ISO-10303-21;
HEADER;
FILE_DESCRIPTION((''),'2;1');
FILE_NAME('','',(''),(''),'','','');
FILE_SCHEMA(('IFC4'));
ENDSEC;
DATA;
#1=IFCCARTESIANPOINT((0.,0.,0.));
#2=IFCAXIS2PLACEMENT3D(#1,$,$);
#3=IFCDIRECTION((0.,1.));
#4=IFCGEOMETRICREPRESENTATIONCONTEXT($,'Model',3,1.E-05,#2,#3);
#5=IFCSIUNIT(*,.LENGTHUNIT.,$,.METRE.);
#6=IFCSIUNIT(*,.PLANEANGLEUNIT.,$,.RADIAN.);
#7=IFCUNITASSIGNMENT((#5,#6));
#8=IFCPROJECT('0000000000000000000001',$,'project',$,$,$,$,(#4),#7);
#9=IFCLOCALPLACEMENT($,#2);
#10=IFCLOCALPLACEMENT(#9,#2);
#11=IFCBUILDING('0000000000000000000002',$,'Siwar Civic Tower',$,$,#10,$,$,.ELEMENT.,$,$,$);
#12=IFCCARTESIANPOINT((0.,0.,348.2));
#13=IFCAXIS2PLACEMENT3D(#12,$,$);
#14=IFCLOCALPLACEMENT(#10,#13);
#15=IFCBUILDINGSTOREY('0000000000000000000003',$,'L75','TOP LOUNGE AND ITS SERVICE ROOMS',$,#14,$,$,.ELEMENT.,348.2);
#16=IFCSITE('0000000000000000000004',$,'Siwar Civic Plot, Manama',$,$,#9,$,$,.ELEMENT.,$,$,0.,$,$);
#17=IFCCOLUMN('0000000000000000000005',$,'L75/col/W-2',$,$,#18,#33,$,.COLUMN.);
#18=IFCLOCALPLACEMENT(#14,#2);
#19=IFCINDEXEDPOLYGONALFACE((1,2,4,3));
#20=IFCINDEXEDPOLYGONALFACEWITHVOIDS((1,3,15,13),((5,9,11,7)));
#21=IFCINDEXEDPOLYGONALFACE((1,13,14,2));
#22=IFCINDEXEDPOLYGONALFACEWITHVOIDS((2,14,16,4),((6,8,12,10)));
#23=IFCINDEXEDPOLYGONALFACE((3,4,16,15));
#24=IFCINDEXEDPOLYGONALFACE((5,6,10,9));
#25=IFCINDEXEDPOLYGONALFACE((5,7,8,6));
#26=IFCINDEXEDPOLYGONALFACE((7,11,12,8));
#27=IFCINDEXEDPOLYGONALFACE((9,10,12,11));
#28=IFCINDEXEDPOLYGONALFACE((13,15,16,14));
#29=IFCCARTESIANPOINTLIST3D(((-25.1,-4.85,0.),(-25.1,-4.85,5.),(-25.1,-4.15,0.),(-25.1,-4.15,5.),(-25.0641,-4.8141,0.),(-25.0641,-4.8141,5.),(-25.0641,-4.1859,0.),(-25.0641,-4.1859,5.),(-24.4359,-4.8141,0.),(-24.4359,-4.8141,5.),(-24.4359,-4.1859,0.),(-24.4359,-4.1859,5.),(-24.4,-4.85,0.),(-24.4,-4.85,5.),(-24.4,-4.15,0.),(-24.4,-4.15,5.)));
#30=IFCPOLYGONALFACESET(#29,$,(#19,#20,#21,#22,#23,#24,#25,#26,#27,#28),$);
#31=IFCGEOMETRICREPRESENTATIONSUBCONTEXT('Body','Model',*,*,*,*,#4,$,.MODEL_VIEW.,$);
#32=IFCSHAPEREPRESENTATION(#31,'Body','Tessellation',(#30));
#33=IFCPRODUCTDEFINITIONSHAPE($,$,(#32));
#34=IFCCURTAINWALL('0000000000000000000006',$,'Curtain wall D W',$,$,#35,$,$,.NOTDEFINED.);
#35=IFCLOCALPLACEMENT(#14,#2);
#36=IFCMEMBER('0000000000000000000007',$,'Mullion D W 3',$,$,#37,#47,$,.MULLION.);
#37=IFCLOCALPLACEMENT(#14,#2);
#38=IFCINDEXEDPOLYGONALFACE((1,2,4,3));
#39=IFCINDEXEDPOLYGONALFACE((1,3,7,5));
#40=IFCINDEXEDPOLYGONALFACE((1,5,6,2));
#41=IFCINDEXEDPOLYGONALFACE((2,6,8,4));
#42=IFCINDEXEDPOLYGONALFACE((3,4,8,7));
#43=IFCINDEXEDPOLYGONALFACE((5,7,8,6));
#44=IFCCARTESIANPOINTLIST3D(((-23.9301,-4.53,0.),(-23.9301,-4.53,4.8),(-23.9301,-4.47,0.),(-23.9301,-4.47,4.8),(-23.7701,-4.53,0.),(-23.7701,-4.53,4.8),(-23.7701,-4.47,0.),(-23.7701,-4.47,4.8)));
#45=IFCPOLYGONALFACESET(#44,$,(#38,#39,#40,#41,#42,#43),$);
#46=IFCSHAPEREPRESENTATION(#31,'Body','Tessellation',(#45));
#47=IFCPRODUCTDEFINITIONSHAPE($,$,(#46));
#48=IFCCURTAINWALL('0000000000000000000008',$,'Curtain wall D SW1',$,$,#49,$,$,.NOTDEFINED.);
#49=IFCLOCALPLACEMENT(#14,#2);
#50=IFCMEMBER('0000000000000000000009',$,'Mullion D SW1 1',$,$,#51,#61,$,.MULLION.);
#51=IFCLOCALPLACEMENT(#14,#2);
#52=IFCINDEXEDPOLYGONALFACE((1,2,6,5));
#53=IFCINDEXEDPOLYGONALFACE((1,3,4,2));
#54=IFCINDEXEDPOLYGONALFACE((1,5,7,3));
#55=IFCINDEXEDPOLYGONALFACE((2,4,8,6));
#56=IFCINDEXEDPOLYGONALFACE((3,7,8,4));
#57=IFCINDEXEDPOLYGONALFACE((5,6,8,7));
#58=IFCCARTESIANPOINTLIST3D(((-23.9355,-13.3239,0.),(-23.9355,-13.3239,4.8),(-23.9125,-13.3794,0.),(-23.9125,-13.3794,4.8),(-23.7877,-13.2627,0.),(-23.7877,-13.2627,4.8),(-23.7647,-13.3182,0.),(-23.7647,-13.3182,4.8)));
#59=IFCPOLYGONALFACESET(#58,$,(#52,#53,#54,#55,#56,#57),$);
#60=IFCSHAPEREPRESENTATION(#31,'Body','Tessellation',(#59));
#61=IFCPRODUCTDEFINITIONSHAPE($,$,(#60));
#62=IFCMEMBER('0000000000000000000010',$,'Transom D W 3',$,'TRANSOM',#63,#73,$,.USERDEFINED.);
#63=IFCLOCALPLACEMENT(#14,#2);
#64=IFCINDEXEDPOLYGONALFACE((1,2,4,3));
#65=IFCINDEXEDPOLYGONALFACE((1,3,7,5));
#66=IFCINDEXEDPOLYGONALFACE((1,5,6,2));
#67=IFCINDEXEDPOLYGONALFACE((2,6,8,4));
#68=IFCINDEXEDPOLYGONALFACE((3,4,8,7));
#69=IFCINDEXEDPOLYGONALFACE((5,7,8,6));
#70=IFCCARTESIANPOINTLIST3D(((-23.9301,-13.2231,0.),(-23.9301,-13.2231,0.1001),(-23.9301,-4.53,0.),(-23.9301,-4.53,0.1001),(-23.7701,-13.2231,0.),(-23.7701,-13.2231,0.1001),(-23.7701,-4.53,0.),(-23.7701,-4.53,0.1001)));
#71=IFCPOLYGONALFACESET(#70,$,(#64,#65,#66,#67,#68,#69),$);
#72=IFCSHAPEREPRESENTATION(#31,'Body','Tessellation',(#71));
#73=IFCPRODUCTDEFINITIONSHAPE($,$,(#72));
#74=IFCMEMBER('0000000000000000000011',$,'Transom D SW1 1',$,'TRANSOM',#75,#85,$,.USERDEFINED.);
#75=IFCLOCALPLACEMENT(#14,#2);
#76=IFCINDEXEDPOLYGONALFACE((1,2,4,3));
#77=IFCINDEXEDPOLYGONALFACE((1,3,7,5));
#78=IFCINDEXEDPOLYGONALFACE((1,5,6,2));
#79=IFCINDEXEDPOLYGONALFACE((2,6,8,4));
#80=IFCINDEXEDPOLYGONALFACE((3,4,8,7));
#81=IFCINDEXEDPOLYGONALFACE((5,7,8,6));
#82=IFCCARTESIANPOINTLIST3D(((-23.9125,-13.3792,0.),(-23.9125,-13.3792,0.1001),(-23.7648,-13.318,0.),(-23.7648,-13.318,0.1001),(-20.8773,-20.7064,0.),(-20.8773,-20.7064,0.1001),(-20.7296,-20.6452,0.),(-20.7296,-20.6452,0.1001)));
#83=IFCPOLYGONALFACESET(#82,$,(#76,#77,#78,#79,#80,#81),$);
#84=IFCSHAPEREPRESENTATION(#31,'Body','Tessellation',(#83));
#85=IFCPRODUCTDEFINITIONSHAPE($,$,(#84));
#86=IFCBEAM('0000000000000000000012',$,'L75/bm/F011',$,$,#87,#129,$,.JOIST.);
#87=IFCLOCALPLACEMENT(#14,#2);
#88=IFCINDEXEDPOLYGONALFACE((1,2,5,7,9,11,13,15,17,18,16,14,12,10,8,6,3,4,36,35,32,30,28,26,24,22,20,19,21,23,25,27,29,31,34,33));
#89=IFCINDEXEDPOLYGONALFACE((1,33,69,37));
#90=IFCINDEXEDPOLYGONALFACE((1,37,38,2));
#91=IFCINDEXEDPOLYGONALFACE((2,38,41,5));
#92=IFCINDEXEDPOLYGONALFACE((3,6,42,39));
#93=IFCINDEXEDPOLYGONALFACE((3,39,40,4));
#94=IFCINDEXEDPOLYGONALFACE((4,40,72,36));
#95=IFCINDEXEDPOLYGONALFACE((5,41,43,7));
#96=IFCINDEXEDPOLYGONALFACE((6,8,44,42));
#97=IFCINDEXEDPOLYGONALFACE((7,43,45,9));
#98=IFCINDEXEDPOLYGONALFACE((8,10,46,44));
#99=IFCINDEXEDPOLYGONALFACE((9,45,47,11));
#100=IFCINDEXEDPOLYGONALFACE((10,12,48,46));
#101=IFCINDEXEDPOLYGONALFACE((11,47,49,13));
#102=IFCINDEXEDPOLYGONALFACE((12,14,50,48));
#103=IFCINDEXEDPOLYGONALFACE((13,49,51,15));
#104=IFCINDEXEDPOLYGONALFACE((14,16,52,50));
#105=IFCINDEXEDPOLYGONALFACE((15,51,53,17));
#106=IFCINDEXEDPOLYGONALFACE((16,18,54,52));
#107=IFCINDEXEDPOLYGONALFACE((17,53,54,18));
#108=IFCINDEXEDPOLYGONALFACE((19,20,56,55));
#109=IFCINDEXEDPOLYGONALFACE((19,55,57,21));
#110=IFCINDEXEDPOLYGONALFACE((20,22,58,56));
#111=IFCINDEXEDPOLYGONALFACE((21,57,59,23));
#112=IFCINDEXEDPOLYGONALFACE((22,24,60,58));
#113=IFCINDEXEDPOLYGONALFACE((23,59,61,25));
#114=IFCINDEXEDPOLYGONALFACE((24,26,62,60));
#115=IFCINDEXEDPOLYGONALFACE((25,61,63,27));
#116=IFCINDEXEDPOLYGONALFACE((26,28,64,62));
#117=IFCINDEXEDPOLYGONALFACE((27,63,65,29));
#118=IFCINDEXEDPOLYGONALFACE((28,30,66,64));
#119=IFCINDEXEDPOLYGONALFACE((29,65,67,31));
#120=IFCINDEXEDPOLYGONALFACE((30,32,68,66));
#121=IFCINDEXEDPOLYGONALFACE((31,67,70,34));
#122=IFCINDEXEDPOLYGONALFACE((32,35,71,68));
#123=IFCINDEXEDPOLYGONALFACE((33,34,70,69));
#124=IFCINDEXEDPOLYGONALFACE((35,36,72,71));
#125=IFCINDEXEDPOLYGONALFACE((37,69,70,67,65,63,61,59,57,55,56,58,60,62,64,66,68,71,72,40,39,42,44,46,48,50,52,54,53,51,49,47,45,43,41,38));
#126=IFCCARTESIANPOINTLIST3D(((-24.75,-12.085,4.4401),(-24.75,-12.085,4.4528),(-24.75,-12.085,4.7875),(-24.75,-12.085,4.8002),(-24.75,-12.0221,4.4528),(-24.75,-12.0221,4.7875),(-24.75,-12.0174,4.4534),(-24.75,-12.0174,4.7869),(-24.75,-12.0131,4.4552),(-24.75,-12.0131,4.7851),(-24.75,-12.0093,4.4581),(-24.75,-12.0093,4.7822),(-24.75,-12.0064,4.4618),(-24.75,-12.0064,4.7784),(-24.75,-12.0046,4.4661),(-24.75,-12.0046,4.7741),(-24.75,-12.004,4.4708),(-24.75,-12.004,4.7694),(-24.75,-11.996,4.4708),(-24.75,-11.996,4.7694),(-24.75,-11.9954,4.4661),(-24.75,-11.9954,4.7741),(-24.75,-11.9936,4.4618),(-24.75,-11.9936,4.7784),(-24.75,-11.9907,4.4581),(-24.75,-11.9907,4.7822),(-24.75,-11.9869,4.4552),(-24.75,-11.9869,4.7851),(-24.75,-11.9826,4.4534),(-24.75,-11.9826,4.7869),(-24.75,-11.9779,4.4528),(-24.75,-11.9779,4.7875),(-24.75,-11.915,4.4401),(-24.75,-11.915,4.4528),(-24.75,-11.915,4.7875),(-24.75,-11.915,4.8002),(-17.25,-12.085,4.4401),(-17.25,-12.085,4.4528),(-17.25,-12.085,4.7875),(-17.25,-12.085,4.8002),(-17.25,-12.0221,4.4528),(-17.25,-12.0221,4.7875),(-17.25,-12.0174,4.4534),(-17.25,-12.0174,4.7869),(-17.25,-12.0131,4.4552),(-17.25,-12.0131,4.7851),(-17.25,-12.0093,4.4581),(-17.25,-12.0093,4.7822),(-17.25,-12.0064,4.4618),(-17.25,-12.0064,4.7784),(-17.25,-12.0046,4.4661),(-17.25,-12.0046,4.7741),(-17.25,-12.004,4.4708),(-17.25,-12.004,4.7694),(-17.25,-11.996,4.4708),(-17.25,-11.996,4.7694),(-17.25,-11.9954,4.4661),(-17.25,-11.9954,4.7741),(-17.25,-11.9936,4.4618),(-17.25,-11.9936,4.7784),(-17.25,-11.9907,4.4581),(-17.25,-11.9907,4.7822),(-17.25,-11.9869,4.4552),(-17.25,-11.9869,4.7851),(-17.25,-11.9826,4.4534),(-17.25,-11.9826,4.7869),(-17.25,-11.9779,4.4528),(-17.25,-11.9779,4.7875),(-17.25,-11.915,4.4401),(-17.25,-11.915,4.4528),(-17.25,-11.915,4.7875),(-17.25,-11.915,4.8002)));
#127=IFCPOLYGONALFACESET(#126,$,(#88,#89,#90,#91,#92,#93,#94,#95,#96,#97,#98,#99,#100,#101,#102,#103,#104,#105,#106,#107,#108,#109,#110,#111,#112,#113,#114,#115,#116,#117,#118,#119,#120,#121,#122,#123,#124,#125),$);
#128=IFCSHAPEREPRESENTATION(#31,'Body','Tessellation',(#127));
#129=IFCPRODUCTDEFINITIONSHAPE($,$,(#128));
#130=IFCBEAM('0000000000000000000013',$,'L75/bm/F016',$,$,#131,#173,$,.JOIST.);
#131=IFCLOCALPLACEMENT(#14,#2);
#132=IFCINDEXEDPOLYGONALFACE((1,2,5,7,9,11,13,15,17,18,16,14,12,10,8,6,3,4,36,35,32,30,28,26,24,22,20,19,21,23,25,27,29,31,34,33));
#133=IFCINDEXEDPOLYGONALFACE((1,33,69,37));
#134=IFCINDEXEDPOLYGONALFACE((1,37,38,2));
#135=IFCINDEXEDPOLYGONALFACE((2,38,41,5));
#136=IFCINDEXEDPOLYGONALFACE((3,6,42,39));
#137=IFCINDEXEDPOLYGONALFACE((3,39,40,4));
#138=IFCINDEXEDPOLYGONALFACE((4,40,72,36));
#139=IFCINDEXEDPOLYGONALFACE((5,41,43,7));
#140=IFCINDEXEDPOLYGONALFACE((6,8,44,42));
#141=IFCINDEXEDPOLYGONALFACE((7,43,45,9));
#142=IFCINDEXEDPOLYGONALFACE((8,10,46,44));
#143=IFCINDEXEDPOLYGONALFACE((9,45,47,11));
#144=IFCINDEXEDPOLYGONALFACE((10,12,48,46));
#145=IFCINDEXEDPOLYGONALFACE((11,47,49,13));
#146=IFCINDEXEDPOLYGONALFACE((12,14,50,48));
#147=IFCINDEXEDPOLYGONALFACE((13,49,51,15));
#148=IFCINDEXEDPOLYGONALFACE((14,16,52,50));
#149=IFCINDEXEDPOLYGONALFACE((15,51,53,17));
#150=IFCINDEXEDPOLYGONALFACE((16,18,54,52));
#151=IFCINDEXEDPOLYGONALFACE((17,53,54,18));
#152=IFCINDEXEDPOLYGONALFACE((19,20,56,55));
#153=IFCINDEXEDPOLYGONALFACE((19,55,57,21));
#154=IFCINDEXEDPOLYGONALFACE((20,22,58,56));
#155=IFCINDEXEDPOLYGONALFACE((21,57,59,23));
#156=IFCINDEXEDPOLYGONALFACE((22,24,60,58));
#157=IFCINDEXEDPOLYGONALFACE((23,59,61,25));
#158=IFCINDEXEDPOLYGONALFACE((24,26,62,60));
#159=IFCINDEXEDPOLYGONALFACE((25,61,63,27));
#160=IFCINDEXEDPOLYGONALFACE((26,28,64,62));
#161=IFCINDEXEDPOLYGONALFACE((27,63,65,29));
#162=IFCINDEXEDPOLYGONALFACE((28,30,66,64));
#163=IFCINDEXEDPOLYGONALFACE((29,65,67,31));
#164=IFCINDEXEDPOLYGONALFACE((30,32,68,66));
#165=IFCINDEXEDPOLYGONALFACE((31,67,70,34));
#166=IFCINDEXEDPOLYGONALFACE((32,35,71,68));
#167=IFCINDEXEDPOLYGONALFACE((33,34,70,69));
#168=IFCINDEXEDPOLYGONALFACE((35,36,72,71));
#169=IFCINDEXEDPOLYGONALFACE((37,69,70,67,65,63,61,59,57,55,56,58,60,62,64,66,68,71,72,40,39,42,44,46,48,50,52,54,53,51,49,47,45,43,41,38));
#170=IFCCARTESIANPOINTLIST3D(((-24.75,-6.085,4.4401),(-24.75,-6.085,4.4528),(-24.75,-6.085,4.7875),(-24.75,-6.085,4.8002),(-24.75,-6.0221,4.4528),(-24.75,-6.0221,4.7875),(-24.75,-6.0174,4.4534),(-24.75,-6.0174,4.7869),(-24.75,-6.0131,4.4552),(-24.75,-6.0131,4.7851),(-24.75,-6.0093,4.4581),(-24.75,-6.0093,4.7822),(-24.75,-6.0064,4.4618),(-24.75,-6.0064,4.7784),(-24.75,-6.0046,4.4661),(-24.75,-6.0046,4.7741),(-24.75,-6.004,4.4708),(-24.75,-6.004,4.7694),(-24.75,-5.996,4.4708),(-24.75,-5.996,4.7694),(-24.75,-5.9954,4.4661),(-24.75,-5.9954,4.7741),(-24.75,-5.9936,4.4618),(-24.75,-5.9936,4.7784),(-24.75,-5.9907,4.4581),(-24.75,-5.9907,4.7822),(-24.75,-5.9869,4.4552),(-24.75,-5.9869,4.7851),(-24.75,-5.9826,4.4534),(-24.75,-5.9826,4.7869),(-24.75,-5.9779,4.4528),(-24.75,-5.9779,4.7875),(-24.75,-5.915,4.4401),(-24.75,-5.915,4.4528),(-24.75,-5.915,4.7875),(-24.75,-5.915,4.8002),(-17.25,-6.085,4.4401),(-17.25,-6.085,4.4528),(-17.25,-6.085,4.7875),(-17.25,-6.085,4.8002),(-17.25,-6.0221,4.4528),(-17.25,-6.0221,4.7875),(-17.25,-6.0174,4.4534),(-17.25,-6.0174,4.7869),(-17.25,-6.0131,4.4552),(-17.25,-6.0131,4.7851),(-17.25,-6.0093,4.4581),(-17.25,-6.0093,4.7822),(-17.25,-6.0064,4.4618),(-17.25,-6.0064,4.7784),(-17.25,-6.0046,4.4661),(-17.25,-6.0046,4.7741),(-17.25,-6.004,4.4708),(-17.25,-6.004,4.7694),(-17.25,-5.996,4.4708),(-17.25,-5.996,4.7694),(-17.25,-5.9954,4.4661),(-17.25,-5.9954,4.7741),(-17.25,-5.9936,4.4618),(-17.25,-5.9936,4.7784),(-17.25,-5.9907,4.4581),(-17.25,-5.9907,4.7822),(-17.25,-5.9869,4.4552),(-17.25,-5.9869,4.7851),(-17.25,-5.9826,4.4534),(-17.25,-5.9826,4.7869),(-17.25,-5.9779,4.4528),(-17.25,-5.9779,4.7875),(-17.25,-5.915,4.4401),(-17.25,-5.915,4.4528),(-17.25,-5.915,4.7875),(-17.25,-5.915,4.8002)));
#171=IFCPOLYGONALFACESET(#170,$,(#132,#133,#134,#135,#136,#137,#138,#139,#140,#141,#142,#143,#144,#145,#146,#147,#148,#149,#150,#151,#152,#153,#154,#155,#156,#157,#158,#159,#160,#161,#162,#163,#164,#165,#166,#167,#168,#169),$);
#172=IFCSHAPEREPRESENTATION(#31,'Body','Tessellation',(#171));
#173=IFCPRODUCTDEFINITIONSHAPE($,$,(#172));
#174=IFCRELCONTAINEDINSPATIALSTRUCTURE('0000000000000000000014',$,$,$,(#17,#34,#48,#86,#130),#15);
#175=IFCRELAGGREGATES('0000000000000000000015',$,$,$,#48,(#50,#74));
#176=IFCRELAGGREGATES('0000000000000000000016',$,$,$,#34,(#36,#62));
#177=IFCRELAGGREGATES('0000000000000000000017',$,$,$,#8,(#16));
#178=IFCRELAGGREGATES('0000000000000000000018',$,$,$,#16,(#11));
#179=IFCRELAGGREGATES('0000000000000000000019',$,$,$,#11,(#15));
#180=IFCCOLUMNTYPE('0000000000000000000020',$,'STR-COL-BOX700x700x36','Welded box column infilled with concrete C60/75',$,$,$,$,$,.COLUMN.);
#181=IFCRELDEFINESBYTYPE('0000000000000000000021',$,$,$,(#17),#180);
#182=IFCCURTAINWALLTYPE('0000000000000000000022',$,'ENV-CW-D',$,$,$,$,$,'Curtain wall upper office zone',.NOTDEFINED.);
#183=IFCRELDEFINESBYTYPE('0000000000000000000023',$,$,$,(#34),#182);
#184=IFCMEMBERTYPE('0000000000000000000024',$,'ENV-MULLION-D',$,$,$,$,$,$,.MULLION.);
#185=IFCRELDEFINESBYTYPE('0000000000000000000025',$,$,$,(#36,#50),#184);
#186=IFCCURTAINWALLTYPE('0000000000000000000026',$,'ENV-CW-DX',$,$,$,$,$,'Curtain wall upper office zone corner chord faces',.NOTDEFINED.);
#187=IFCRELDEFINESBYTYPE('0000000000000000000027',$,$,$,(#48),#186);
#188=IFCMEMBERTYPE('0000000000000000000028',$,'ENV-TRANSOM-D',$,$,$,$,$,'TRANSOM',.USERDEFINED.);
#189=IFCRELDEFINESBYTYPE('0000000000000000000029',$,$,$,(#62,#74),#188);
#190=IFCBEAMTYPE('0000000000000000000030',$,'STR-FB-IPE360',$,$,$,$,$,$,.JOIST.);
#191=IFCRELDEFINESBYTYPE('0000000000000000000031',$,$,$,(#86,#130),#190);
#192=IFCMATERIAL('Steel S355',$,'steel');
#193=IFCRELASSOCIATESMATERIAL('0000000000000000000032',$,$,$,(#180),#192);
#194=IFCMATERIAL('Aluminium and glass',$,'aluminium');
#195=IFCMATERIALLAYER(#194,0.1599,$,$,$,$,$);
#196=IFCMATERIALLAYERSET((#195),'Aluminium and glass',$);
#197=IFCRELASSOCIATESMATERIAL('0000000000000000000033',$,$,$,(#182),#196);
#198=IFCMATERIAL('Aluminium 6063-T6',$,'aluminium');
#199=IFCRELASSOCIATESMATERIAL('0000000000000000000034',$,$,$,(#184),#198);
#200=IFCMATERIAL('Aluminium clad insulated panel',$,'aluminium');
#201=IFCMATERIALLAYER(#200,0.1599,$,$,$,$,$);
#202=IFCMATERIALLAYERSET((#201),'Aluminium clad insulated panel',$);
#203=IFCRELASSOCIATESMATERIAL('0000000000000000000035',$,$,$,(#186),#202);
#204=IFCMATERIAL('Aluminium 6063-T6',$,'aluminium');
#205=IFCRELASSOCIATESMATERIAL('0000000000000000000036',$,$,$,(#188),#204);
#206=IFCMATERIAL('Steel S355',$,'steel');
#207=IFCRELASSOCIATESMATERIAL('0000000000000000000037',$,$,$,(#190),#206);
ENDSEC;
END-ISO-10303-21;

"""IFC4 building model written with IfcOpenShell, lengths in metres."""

from ifc_helpers import new_model, si_unit, direction, frame, origin, origin_2d, place, context, subcontext, project, spatial, rectangle, hollow_rectangle, i_section, extrude, material, layer, layer_set, material_profile, profile_set, type_object, element, aggregate, save


model = new_model("IFC4")

# Units and contexts
model_context = context("Model", 3, precision=1e-05, world=origin(), true_north=direction((0.0, 1.0)))
body_context = subcontext(model_context, "Body", "Model", "MODEL_VIEW")
ifc_project = project(units=[si_unit("LENGTHUNIT", "METRE"), si_unit("PLANEANGLEUNIT", "RADIAN")], contexts=[model_context])

# Site, building, storey
site_placement = place(None, origin())
site = spatial("IfcSite", under=ifc_project, at=site_placement, Name="Siwar Civic Plot, Manama", CompositionType="ELEMENT", RefElevation=0.0)
building_placement = place(site_placement, origin())
building = spatial("IfcBuilding", under=site, at=building_placement, Name="Siwar Civic Tower", CompositionType="ELEMENT")
storey_placement = place(building_placement, frame((0.0, 0.0, 348.2)))
storey = spatial("IfcBuildingStorey", under=building, at=storey_placement, Name="L75", Description="TOP LOUNGE AND ITS SERVICE ROOMS", CompositionType="ELEMENT", Elevation=348.2)

# Column
ifc_material_1 = material(Name="Steel S355", Category="steel")
ifc_material_profile_1 = material_profile(ifc_material_1, hollow_rectangle(XDim=0.7, YDim=0.7, WallThickness=0.0359, at=origin_2d()), Name="BOX700x700x36")
ifc_profile_set_1 = profile_set([ifc_material_profile_1], Name="Steel S355")
column_type = type_object("IfcColumnType", Name="STR-COL-BOX700x700x36", Description="Welded box column infilled with concrete C60/75", PredefinedType="COLUMN", material=ifc_profile_set_1)
column_placement = place(storey_placement, frame((-24.75, -4.5, 0.0), z_axis=(0.0, 0.0, 1.0), x_axis=(1.0, 0.0, 0.0)))
element("IfcColumn", 1, at=column_placement, inside=storey, type_object=column_type, Name="L75/col/W-2", PredefinedType="COLUMN", context=body_context, shape_type="SweptSolid", body=[
    extrude(hollow_rectangle(XDim=0.7, YDim=0.7, WallThickness=0.0359, at=origin_2d()), origin(), (0.0, 0.0, 1.0), 5.0),
])

# Curtain walls, members
ifc_material_2 = material(Name="Aluminium and glass", Category="aluminium")
ifc_layer_1 = layer(ifc_material_2, 0.1599)
ifc_layer_set_1 = layer_set([ifc_layer_1], Name="Aluminium and glass")
curtain_wall_type_1 = type_object("IfcCurtainWallType", Name="ENV-CW-D", ElementType="Curtain wall upper office zone", PredefinedType="NOTDEFINED", material=ifc_layer_set_1)
curtain_wall_1_placement = place(storey_placement, origin())
curtain_wall_1 = element("IfcCurtainWall", 2, at=curtain_wall_1_placement, inside=storey, type_object=curtain_wall_type_1, Name="Curtain wall D W", PredefinedType="NOTDEFINED")
ifc_material_3 = material(Name="Aluminium 6063-T6", Category="aluminium")
ifc_material_profile_2 = material_profile(ifc_material_3, rectangle(XDim=0.1599, YDim=0.0601, at=origin_2d()), Name="AL 160x60")
ifc_profile_set_2 = profile_set([ifc_material_profile_2], Name="Aluminium 6063-T6")
member_type_1 = type_object("IfcMemberType", Name="ENV-MULLION-D", PredefinedType="MULLION", material=ifc_profile_set_2)
member_1_placement = place(storey_placement, frame((-23.8501, -4.5, 0.0), z_axis=(0.0, 0.0, 1.0), x_axis=(1.0, 0.0, 0.0)))
member_1 = element("IfcMember", 3, at=member_1_placement, type_object=member_type_1, Name="Mullion D W 3", PredefinedType="MULLION", context=body_context, shape_type="SweptSolid", body=[
    extrude(rectangle(XDim=0.1599, YDim=0.0601, at=origin_2d()), origin(), (0.0, 0.0, 1.0), 4.8),
])
ifc_material_4 = material(Name="Aluminium clad insulated panel", Category="aluminium")
ifc_layer_2 = layer(ifc_material_4, 0.1599)
ifc_layer_set_2 = layer_set([ifc_layer_2], Name="Aluminium clad insulated panel")
curtain_wall_type_2 = type_object("IfcCurtainWallType", Name="ENV-CW-DX", ElementType="Curtain wall upper office zone corner chord faces", PredefinedType="NOTDEFINED", material=ifc_layer_set_2)
curtain_wall_2_placement = place(storey_placement, origin())
curtain_wall_2 = element("IfcCurtainWall", 4, at=curtain_wall_2_placement, inside=storey, type_object=curtain_wall_type_2, Name="Curtain wall D SW1", PredefinedType="NOTDEFINED")
member_2_placement = place(storey_placement, frame((-23.8501, -13.321, 0.0), z_axis=(0.0, 0.0, 1.0), x_axis=(0.92388, 0.382683, 0.0)))
member_2 = element("IfcMember", 5, at=member_2_placement, type_object=member_type_1, Name="Mullion D SW1 1", PredefinedType="MULLION", context=body_context, shape_type="SweptSolid", body=[
    extrude(rectangle(XDim=0.1599, YDim=0.0601, at=origin_2d()), origin(), (0.0, 0.0, 1.0), 4.8),
])

# Members
ifc_material_5 = material(Name="Aluminium 6063-T6", Category="aluminium")
ifc_material_profile_3 = material_profile(ifc_material_5, rectangle(XDim=0.1599, YDim=0.1001, at=origin_2d()), Name="AL 160x100")
ifc_profile_set_3 = profile_set([ifc_material_profile_3], Name="Aluminium 6063-T6")
member_type_2 = type_object("IfcMemberType", Name="ENV-TRANSOM-D", ElementType="TRANSOM", PredefinedType="USERDEFINED", material=ifc_profile_set_3)
member_3_placement = place(storey_placement, frame((-23.8501, -4.53, 0.05), z_axis=(0.0, -1.0, 0.0), x_axis=(1.0, 0.0, 0.0)))
member_3 = element("IfcMember", 6, at=member_3_placement, type_object=member_type_2, Name="Transom D W 3", ObjectType="TRANSOM", PredefinedType="USERDEFINED", context=body_context, shape_type="SweptSolid", body=[
    extrude(rectangle(XDim=0.1599, YDim=0.1001, at=origin_2d()), origin(), (0.0, 0.0, 1.0), 8.6931),
])
member_4_placement = place(storey_placement, frame((-23.8386, -13.3486, 0.05), z_axis=(0.3827, -0.923873, 0.0), x_axis=(0.923873, 0.3827, 0.0)))
member_4 = element("IfcMember", 7, at=member_4_placement, type_object=member_type_2, Name="Transom D SW1 1", ObjectType="TRANSOM", PredefinedType="USERDEFINED", context=body_context, shape_type="SweptSolid", body=[
    extrude(rectangle(XDim=0.1599, YDim=0.1001, at=origin_2d()), origin(), (0.0, 0.0, 1.0), 7.9309),
])
aggregate(curtain_wall_2, [member_2, member_4])

# Beams
ifc_material_6 = material(Name="Steel S355", Category="steel")
ifc_material_profile_4 = material_profile(ifc_material_6, i_section(OverallWidth=0.1699, OverallDepth=0.3601, WebThickness=0.0081, FlangeThickness=0.0127, FilletRadius=0.0181, at=origin_2d()), Name="IPE360")
ifc_profile_set_4 = profile_set([ifc_material_profile_4], Name="Steel S355")
beam_type_1 = type_object("IfcBeamType", Name="STR-FB-IPE360", PredefinedType="JOIST", material=ifc_profile_set_4)
for number, where, z_axis, x_axis, name in (
    (8, (-24.75, -12.0, 4.6201), (1.0, 0.0, 0.0), (0.0, 1.0, 0.0), "L75/bm/F011"),
    (9, (-24.75, -6.0, 4.6201), (1.0, 0.0, 0.0), (0.0, 1.0, 0.0), "L75/bm/F016"),
):
    element("IfcBeam", number, at=place(storey_placement, frame(where, z_axis=z_axis, x_axis=x_axis)), inside=storey, type_object=beam_type_1, Name=name, PredefinedType="JOIST", context=body_context, shape_type="SweptSolid", body=[
        extrude(i_section(OverallWidth=0.1699, OverallDepth=0.3601, WebThickness=0.0081, FlangeThickness=0.0127, FilletRadius=0.0181, at=origin_2d()), origin(), (0.0, 0.0, 1.0), 7.5),
    ])

aggregate(curtain_wall_1, [member_1, member_3])

save(model, "model.ifc")
